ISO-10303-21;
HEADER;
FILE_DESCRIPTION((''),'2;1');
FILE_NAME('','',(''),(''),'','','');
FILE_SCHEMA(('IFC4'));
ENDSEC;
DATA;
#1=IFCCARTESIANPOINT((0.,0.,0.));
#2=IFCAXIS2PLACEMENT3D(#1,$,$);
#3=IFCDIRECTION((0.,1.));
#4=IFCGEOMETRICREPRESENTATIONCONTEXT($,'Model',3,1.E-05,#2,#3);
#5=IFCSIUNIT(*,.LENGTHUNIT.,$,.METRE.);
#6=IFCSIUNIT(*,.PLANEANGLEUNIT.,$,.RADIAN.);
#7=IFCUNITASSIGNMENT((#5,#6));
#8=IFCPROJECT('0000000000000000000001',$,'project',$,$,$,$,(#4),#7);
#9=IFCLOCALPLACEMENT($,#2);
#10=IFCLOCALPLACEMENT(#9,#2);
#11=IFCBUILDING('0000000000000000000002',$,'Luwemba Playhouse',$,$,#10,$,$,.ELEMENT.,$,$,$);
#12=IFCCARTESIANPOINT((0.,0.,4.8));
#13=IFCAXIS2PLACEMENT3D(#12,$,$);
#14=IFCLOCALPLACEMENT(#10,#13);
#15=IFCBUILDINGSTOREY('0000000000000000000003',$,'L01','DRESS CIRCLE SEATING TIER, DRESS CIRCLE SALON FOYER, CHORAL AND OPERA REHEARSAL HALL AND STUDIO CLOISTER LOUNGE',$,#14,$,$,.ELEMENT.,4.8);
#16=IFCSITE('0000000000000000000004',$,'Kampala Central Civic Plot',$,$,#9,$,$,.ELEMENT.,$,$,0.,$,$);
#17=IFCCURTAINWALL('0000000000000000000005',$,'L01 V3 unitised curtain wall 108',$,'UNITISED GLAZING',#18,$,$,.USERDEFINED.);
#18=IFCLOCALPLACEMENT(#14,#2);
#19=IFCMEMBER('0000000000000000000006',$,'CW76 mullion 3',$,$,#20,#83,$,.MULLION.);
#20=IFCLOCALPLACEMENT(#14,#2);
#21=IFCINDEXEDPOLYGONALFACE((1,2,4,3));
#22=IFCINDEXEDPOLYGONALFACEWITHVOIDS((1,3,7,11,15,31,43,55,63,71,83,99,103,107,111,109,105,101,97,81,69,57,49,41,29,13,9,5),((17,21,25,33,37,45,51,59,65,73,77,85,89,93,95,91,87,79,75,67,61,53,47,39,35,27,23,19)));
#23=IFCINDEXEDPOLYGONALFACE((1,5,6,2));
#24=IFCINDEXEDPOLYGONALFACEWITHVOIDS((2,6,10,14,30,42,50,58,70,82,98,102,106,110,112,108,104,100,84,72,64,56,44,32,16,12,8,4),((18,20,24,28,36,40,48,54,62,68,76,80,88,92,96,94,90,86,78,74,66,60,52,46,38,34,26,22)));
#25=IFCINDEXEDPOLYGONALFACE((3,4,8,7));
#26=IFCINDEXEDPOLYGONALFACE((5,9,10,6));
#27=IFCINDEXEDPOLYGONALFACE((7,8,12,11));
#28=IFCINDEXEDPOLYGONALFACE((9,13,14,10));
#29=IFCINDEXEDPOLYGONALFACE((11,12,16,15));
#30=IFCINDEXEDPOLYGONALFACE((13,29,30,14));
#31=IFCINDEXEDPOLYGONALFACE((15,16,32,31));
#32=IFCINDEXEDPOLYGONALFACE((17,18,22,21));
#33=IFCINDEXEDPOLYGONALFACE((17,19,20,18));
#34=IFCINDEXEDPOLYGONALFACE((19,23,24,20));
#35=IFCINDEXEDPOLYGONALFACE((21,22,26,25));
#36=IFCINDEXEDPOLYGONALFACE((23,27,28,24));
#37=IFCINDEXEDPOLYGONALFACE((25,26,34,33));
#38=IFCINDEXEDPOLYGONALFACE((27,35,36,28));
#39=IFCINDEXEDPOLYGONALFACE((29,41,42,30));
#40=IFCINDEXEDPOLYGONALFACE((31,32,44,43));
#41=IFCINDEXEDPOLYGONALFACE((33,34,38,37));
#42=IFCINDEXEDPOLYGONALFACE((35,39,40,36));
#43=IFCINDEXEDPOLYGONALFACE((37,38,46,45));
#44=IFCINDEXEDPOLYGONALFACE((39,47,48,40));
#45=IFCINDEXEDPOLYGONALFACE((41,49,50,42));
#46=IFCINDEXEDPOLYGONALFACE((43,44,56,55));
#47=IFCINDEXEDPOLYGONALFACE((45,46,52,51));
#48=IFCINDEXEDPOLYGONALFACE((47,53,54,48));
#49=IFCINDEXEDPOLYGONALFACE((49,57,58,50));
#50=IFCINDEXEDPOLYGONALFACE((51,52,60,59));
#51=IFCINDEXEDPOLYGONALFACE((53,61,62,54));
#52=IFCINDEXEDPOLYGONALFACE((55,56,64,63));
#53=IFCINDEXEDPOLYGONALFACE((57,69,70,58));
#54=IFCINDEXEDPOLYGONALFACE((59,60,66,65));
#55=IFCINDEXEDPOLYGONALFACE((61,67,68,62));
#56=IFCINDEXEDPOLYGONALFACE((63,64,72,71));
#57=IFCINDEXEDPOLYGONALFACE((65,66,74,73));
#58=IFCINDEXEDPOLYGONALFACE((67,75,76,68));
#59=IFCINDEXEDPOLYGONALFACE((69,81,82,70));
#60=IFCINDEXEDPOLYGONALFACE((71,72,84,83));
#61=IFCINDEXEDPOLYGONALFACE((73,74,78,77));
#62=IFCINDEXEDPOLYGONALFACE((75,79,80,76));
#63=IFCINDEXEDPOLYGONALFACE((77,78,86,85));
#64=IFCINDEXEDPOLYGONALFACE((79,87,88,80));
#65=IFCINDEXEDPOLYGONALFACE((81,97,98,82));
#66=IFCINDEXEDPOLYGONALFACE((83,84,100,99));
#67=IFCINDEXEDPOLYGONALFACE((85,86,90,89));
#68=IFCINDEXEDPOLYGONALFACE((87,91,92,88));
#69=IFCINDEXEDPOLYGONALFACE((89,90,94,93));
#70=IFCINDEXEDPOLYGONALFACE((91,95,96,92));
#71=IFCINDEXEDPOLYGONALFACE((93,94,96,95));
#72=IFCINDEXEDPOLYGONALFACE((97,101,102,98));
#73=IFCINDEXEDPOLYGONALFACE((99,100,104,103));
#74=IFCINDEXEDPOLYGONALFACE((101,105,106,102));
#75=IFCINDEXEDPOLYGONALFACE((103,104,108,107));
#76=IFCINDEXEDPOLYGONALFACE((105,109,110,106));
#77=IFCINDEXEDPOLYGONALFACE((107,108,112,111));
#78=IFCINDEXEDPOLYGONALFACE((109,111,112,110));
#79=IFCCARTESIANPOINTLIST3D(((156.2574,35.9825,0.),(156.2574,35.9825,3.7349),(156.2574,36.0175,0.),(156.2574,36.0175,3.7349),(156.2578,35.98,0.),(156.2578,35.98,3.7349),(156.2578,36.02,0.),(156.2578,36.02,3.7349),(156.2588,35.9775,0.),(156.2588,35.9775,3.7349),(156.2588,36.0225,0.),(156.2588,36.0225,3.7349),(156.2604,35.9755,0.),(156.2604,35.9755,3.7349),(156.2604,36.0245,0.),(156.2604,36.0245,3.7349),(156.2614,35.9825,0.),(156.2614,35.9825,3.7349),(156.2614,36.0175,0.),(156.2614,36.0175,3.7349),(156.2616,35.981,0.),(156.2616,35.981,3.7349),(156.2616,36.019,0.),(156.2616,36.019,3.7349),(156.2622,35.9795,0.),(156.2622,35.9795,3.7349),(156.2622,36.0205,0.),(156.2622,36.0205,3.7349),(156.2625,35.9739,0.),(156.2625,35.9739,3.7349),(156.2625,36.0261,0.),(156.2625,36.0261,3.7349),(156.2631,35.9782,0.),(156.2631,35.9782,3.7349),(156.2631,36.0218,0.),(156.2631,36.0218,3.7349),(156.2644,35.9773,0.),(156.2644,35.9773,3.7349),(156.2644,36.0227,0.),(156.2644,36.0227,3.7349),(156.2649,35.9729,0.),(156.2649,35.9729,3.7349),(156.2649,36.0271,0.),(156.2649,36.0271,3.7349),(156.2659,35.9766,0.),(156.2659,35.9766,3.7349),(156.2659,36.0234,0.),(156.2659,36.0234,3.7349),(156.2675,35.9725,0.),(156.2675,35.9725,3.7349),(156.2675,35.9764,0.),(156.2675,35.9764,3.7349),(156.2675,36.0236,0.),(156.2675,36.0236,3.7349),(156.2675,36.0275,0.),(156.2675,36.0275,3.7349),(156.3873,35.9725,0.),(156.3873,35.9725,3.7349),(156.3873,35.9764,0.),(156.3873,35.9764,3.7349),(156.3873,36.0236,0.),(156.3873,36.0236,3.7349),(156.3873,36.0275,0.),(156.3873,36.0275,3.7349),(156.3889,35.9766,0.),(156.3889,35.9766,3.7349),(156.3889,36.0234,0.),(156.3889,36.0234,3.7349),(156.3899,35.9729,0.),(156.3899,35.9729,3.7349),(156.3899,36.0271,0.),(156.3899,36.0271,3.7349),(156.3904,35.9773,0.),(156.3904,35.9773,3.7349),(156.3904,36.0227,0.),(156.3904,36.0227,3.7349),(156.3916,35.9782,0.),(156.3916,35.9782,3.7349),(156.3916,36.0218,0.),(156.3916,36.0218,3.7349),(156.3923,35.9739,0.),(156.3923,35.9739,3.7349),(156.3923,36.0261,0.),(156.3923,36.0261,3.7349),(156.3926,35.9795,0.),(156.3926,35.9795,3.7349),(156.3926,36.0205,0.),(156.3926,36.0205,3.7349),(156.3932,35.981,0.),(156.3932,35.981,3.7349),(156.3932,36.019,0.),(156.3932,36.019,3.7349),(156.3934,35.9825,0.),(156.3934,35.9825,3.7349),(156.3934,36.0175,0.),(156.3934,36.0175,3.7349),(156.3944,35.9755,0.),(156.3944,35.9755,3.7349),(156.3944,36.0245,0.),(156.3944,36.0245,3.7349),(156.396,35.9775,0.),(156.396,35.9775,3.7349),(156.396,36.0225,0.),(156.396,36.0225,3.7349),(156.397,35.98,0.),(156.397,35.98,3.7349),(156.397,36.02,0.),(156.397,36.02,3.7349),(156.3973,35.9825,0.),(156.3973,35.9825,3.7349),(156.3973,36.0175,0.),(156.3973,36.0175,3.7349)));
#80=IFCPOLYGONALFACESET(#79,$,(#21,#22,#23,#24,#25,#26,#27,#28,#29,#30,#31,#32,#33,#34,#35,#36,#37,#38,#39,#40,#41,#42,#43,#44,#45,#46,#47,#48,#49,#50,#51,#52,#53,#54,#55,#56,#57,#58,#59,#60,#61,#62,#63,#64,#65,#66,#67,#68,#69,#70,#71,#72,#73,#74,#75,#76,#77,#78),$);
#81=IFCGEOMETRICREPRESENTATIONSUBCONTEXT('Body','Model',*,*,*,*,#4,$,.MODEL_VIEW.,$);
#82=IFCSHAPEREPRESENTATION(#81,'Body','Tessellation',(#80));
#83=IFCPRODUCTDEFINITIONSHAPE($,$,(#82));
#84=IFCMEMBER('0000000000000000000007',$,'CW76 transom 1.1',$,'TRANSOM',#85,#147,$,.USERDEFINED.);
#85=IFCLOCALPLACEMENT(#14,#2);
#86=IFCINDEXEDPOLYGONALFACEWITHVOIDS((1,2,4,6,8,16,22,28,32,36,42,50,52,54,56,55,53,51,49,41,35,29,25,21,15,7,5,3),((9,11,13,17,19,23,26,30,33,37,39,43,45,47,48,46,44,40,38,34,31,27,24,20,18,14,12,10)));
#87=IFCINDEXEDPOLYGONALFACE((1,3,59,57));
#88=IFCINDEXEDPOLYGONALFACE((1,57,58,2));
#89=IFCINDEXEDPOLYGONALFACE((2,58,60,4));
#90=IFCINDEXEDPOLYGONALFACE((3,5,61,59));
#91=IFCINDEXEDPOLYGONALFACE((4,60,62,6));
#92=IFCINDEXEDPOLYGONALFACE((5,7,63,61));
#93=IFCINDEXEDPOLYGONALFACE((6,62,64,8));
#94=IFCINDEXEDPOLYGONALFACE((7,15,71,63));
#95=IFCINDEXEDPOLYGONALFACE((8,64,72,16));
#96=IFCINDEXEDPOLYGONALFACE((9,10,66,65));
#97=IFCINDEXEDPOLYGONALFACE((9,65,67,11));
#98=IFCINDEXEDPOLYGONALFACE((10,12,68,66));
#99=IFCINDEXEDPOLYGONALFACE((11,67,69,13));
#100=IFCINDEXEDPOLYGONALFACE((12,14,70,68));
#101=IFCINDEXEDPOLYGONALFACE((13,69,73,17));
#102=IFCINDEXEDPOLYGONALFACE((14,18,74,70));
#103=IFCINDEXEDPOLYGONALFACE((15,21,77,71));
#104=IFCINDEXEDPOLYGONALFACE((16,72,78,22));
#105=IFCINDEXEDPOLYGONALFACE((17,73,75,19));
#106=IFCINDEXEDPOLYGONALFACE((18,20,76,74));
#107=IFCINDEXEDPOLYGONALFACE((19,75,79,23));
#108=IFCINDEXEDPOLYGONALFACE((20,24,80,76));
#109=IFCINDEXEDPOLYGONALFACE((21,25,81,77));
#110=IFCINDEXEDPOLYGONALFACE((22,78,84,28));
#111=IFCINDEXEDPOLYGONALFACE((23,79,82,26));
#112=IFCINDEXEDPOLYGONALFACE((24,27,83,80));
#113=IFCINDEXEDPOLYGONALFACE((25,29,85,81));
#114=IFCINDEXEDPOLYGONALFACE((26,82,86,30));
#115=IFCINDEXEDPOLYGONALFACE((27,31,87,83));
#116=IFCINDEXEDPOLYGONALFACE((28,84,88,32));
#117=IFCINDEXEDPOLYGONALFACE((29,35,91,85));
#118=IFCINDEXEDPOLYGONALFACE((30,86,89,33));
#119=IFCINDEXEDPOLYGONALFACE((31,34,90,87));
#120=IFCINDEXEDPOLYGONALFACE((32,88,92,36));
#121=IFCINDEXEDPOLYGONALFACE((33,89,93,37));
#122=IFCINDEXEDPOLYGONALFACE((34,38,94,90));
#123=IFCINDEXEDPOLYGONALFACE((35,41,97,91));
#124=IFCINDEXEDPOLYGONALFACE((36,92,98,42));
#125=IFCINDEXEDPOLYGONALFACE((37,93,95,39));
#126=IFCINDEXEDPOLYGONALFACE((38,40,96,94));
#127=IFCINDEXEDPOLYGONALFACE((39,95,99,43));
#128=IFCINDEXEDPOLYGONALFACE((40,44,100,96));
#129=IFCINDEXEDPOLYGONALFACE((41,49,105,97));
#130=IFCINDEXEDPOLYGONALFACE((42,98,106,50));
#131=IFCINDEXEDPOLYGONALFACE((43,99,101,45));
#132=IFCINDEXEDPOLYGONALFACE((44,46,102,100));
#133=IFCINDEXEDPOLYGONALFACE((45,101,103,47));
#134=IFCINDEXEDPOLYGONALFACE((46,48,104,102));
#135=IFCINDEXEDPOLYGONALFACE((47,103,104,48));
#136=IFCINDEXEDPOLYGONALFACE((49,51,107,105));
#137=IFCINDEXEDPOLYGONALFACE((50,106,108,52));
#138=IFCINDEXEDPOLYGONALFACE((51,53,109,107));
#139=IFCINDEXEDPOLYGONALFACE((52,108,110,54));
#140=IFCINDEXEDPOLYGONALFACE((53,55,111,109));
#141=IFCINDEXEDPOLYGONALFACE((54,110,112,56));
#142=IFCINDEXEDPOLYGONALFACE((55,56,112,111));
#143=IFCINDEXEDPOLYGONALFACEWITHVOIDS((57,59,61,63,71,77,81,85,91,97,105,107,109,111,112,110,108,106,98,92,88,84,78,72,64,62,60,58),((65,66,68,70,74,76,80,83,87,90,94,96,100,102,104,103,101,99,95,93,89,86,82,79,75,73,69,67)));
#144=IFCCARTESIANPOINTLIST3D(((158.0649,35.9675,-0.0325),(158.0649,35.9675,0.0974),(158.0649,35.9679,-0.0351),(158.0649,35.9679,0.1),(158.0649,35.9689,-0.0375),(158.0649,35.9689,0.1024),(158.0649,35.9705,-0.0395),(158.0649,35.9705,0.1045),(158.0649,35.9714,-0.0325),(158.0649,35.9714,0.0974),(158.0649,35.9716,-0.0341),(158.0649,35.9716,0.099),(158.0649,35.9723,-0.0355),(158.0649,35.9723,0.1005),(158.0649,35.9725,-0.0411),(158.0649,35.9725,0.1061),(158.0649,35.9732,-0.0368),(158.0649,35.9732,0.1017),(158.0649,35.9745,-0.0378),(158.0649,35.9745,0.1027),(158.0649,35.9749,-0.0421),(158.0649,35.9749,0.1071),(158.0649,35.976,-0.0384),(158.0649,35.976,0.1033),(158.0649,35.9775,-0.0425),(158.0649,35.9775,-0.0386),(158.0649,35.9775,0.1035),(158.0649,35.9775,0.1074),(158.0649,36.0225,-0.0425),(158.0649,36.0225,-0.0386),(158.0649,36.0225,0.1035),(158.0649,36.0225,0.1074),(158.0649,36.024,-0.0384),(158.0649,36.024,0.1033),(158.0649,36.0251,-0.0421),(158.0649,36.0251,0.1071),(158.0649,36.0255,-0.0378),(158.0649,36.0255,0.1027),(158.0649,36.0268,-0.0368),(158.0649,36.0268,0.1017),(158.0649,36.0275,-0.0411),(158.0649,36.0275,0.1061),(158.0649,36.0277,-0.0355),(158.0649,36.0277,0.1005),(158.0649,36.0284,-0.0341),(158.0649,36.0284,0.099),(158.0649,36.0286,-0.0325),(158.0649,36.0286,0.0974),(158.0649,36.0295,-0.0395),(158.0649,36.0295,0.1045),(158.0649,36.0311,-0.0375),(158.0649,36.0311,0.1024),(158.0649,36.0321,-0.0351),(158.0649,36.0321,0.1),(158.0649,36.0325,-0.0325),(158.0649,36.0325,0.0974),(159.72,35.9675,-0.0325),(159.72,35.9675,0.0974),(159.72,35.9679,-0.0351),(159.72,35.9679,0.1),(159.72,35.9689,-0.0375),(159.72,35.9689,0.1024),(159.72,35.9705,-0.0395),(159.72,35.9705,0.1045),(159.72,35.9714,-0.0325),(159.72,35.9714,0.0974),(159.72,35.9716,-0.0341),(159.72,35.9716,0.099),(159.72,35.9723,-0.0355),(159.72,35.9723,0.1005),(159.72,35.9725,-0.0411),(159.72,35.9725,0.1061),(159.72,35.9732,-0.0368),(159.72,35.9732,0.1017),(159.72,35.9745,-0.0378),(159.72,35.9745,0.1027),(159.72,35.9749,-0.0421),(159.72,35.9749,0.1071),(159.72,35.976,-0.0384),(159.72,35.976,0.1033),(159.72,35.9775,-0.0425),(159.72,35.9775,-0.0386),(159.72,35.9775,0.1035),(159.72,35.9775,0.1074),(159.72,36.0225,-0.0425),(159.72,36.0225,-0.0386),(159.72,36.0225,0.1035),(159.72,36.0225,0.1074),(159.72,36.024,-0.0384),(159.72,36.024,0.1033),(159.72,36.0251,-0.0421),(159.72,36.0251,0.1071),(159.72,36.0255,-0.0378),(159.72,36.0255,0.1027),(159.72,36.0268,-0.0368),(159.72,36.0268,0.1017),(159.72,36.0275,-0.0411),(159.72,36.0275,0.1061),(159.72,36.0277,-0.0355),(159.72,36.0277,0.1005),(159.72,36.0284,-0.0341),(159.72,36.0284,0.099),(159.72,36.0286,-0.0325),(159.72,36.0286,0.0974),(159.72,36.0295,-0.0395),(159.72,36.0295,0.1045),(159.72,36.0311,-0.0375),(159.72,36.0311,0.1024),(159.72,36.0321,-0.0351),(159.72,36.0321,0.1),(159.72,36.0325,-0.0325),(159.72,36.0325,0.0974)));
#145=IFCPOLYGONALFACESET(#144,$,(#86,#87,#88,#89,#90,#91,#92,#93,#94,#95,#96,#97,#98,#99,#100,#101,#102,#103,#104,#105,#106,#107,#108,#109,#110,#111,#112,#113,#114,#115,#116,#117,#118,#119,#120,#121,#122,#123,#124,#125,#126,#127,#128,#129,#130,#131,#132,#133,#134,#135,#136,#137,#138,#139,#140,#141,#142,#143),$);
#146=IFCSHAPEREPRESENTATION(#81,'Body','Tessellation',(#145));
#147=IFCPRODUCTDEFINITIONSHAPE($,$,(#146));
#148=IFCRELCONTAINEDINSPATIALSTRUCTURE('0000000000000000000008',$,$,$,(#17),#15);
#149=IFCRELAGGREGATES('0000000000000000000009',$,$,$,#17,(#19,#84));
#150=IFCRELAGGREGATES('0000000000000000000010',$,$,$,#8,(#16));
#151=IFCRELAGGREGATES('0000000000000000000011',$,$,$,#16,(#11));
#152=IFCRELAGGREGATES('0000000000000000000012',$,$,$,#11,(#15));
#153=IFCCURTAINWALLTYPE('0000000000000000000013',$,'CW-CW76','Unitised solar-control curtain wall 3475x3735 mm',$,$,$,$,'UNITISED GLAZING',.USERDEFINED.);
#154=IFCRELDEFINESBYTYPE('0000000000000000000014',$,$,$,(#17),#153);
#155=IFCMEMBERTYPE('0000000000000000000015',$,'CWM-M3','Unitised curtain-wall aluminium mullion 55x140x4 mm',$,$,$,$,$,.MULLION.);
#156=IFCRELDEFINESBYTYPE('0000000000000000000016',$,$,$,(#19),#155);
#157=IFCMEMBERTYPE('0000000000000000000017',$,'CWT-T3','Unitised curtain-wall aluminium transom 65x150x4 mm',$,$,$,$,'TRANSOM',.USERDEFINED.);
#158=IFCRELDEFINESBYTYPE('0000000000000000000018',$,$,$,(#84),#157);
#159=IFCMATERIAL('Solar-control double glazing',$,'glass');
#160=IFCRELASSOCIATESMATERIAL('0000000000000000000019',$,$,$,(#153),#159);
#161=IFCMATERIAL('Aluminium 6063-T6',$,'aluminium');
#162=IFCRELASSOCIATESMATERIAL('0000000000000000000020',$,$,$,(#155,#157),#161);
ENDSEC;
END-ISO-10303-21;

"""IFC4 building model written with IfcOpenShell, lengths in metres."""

from ifc_helpers import new_model, si_unit, direction, frame, origin, origin_2d, place, context, subcontext, project, spatial, hollow_rectangle, extrude, material, material_profile, profile_set, type_object, element, aggregate, save


model = new_model("IFC4")

# Units and contexts
model_context = context("Model", 3, precision=1e-05, world=origin(), true_north=direction((0.0, 1.0)))
body_context = subcontext(model_context, "Body", "Model", "MODEL_VIEW")
ifc_project = project(units=[si_unit("LENGTHUNIT", "METRE"), si_unit("PLANEANGLEUNIT", "RADIAN")], contexts=[model_context])

# Site, building, storey
site_placement = place(None, origin())
site = spatial("IfcSite", under=ifc_project, at=site_placement, Name="Kampala Central Civic Plot", CompositionType="ELEMENT", RefElevation=0.0)
building_placement = place(site_placement, origin())
building = spatial("IfcBuilding", under=site, at=building_placement, Name="Luwemba Playhouse", CompositionType="ELEMENT")
storey_placement = place(building_placement, frame((0.0, 0.0, 4.8)))
storey = spatial("IfcBuildingStorey", under=building, at=storey_placement, Name="L01", Description="DRESS CIRCLE SEATING TIER, DRESS CIRCLE SALON FOYER, CHORAL AND OPERA REHEARSAL HALL AND STUDIO CLOISTER LOUNGE", CompositionType="ELEMENT", Elevation=4.8)

# Curtain wall, members
ifc_material_1 = material(Name="Solar-control double glazing", Category="glass")
curtain_wall_type = type_object("IfcCurtainWallType", Name="CW-CW76", Description="Unitised solar-control curtain wall 3475x3735 mm", ElementType="UNITISED GLAZING", PredefinedType="USERDEFINED", material=ifc_material_1)
curtain_wall_placement = place(storey_placement, origin())
curtain_wall = element("IfcCurtainWall", 1, at=curtain_wall_placement, inside=storey, type_object=curtain_wall_type, Name="L01 V3 unitised curtain wall 108", ObjectType="UNITISED GLAZING", PredefinedType="USERDEFINED")
ifc_material_2 = material(Name="Aluminium 6063-T6", Category="aluminium")
ifc_material_profile_1 = material_profile(ifc_material_2, hollow_rectangle(XDim=0.0549, YDim=0.1399, WallThickness=0.0039, InnerFilletRadius=0.0061, OuterFilletRadius=0.01, at=origin_2d()))
ifc_profile_set_1 = profile_set([ifc_material_profile_1], Name="Aluminium 6063-T6")
member_type_1 = type_object("IfcMemberType", Name="CWM-M3", Description="Unitised curtain-wall aluminium mullion 55x140x4 mm", PredefinedType="MULLION", material=ifc_profile_set_1)
member_1_placement = place(storey_placement, frame((156.3274, 36.0, 0.0), z_axis=(0.0, 0.0, 1.0), x_axis=(0.0, -1.0, 0.0)))
member_1 = element("IfcMember", 2, at=member_1_placement, type_object=member_type_1, Name="CW76 mullion 3", PredefinedType="MULLION", context=body_context, shape_type="SweptSolid", body=[
    extrude(hollow_rectangle(XDim=0.0549, YDim=0.1399, WallThickness=0.0039, InnerFilletRadius=0.0061, OuterFilletRadius=0.01, at=origin_2d()), origin(), (0.0, 0.0, 1.0), 3.7349),
])
ifc_material_profile_2 = material_profile(ifc_material_2, hollow_rectangle(XDim=0.0649, YDim=0.1499, WallThickness=0.0039, InnerFilletRadius=0.0061, OuterFilletRadius=0.01, at=origin_2d()))
ifc_profile_set_2 = profile_set([ifc_material_profile_2], Name="Aluminium 6063-T6")
member_type_2 = type_object("IfcMemberType", Name="CWT-T3", Description="Unitised curtain-wall aluminium transom 65x150x4 mm", ElementType="TRANSOM", PredefinedType="USERDEFINED", material=ifc_profile_set_2)
member_2_placement = place(storey_placement, frame((159.72, 36.0, 0.0325), z_axis=(-1.0, 0.0, 0.0), x_axis=(0.0, -1.0, 0.0)))
member_2 = element("IfcMember", 3, at=member_2_placement, type_object=member_type_2, Name="CW76 transom 1.1", ObjectType="TRANSOM", PredefinedType="USERDEFINED", context=body_context, shape_type="SweptSolid", body=[
    extrude(hollow_rectangle(XDim=0.0649, YDim=0.1499, WallThickness=0.0039, InnerFilletRadius=0.0061, OuterFilletRadius=0.01, at=origin_2d()), origin(), (0.0, 0.0, 1.0), 1.655),
])

aggregate(curtain_wall, [member_1, member_2])

save(model, "model.ifc")
